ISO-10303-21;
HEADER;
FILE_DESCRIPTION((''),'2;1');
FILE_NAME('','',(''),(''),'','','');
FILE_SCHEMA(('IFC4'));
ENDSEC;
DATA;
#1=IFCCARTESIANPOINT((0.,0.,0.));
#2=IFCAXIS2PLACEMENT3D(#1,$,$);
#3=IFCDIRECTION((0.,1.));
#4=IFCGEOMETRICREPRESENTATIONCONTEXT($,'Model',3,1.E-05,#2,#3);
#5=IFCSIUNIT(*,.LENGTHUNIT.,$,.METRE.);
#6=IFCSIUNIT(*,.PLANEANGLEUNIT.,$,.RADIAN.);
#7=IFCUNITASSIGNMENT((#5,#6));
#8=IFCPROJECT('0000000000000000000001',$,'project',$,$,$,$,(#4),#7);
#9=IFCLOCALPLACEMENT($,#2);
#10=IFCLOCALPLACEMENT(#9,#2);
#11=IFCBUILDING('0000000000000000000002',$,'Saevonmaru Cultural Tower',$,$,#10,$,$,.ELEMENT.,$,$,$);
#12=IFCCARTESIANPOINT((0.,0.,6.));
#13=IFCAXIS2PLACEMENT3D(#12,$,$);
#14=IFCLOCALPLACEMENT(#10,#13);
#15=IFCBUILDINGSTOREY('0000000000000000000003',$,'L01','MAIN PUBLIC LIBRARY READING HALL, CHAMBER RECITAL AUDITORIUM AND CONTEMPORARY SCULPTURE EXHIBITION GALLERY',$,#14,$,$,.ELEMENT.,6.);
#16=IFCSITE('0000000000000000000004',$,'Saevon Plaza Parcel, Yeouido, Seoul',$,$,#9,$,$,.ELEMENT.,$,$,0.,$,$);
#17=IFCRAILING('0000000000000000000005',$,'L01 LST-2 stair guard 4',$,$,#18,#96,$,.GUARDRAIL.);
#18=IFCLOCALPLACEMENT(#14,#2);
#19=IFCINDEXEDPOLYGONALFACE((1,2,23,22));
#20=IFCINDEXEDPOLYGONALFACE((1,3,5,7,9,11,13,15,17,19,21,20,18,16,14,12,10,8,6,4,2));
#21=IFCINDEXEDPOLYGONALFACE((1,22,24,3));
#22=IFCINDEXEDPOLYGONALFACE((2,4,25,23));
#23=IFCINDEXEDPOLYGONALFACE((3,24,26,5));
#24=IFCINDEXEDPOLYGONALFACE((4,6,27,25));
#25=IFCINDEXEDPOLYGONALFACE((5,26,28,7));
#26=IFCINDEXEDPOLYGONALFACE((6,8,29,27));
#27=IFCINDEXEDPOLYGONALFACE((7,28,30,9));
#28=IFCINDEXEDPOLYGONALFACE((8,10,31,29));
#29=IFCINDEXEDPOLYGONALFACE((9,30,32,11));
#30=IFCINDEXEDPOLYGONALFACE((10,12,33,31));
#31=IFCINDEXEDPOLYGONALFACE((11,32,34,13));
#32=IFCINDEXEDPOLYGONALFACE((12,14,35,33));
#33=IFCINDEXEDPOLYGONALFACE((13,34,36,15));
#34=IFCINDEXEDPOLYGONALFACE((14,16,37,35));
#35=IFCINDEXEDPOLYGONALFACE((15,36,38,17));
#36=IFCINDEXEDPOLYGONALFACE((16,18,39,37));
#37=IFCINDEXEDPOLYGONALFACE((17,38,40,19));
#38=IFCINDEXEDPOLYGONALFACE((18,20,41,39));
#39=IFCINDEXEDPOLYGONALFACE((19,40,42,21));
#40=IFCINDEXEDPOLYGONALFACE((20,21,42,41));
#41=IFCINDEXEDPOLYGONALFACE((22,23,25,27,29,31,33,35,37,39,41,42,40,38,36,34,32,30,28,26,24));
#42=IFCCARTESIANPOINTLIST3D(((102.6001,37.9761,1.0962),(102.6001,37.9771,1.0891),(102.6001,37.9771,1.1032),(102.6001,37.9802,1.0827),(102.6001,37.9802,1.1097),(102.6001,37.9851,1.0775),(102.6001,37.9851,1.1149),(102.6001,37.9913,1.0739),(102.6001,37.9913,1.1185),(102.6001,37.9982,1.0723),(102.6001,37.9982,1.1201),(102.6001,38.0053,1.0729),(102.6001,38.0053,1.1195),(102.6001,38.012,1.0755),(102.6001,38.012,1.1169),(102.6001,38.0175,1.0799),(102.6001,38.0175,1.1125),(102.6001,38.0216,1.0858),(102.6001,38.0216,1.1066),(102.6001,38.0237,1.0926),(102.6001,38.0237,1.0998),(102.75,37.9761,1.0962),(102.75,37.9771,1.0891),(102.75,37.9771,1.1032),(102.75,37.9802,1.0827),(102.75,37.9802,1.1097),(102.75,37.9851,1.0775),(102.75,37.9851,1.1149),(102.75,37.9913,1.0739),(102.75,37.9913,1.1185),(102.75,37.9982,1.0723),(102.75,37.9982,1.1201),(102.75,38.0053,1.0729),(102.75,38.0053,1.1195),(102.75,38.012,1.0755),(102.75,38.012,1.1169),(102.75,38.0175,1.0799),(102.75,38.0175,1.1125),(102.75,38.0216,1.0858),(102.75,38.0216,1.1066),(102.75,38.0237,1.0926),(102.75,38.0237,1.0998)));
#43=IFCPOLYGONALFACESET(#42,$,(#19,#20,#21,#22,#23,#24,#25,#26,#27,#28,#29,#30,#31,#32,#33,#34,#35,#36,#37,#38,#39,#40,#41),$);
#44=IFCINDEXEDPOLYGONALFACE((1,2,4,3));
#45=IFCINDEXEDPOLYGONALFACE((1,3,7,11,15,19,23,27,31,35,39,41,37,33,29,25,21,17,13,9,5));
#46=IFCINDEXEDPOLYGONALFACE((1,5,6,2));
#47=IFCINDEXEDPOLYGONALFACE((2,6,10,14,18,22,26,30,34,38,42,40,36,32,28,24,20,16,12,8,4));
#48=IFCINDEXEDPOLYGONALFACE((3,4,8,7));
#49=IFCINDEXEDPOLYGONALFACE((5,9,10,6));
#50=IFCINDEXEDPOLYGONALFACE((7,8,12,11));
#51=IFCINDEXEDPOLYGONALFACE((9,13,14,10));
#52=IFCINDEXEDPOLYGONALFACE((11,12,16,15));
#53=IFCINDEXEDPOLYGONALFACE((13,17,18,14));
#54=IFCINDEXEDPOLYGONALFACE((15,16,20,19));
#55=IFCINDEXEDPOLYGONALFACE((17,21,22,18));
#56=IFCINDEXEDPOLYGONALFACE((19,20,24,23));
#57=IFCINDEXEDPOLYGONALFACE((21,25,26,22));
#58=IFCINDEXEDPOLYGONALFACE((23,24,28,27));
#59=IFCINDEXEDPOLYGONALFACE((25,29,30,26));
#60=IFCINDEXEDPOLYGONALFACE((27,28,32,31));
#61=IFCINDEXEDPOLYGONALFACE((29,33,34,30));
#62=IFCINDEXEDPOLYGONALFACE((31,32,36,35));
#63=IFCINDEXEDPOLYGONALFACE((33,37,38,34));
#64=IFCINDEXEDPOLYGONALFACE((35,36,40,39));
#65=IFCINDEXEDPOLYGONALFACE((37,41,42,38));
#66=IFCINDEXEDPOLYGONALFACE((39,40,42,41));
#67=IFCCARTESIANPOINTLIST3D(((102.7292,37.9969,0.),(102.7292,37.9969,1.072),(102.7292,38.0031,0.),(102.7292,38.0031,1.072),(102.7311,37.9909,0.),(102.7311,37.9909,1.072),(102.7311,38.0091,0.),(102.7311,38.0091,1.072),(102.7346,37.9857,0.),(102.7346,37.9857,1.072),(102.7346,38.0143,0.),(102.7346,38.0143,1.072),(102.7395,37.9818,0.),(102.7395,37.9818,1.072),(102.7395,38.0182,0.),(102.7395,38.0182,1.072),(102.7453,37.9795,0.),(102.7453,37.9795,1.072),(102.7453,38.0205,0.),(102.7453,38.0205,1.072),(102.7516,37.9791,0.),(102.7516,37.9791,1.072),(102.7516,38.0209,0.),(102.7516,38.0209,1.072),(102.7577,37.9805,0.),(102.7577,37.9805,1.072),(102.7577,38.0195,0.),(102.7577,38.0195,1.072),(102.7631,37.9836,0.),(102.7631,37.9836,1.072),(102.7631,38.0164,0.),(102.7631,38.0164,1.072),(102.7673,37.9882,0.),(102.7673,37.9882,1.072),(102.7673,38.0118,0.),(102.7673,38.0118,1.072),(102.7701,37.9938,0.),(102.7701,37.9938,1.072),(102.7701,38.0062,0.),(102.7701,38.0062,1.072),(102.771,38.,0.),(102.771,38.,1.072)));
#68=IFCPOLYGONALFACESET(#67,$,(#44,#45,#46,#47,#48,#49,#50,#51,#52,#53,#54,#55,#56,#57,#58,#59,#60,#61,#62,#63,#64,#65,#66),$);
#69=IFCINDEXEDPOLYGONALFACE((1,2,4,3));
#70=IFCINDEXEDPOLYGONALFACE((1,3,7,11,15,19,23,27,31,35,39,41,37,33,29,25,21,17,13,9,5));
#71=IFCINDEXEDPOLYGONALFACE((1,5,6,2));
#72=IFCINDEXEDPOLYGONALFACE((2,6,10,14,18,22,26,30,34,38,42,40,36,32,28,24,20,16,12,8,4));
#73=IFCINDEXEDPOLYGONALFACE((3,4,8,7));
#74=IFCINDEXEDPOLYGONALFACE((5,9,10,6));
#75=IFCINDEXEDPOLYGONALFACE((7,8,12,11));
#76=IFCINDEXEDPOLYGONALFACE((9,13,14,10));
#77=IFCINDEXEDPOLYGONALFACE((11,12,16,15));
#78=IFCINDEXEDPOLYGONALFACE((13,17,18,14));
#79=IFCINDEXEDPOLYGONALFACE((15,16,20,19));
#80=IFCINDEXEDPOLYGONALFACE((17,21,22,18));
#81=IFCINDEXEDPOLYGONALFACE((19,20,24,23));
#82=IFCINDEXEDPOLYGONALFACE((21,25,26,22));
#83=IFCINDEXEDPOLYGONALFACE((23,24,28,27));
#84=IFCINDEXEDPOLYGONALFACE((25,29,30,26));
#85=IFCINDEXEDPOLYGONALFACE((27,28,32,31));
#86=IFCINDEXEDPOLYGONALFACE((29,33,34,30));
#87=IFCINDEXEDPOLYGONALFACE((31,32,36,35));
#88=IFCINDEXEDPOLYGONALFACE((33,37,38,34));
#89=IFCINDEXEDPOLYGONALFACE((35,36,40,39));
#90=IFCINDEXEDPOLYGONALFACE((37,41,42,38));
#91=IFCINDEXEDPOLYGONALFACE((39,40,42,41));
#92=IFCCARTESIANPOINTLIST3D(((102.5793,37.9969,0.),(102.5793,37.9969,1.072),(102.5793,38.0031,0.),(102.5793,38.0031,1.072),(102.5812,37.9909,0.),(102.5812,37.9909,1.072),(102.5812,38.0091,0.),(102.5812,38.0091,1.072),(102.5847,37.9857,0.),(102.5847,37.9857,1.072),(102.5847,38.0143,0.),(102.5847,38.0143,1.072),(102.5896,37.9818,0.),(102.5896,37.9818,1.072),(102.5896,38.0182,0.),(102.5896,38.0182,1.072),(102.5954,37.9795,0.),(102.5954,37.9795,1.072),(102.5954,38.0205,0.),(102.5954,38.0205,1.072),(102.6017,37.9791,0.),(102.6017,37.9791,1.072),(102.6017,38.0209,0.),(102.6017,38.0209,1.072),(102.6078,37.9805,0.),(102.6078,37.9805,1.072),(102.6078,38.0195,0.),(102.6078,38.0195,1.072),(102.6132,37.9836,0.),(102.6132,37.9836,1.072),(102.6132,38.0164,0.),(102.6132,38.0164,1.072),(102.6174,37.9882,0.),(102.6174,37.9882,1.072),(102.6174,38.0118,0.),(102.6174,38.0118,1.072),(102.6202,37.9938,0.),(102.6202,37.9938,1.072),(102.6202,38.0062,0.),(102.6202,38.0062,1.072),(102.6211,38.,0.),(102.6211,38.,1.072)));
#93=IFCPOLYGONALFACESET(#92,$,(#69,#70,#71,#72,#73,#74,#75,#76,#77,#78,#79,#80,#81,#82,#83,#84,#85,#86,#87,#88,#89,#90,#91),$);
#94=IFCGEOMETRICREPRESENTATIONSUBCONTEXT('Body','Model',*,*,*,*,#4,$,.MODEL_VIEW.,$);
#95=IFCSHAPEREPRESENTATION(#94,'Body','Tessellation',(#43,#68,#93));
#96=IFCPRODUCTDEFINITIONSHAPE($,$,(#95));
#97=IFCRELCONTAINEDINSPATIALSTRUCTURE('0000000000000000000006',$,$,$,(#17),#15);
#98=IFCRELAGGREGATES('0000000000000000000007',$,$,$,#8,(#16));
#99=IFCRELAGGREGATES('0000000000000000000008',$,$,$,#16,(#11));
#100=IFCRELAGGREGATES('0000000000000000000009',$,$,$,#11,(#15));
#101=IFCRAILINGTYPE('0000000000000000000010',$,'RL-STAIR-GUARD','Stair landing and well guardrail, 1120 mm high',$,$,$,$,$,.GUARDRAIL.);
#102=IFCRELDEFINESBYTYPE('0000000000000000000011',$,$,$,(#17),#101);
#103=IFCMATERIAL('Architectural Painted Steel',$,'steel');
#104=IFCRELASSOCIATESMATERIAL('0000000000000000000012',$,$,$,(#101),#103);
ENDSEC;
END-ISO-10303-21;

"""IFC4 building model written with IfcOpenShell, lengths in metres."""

from ifc_helpers import new_model, si_unit, direction, frame, origin, origin_2d, place, context, subcontext, project, spatial, circle, extrude, material, type_object, element, save


model = new_model("IFC4")

# Units and contexts
model_context = context("Model", 3, precision=1e-05, world=origin(), true_north=direction((0.0, 1.0)))
body_context = subcontext(model_context, "Body", "Model", "MODEL_VIEW")
ifc_project = project(units=[si_unit("LENGTHUNIT", "METRE"), si_unit("PLANEANGLEUNIT", "RADIAN")], contexts=[model_context])

# Site, building, storey
site_placement = place(None, origin())
site = spatial("IfcSite", under=ifc_project, at=site_placement, Name="Saevon Plaza Parcel, Yeouido, Seoul", CompositionType="ELEMENT", RefElevation=0.0)
building_placement = place(site_placement, origin())
building = spatial("IfcBuilding", under=site, at=building_placement, Name="Saevonmaru Cultural Tower", CompositionType="ELEMENT")
storey_placement = place(building_placement, frame((0.0, 0.0, 6.0)))
storey = spatial("IfcBuildingStorey", under=building, at=storey_placement, Name="L01", Description="MAIN PUBLIC LIBRARY READING HALL, CHAMBER RECITAL AUDITORIUM AND CONTEMPORARY SCULPTURE EXHIBITION GALLERY", CompositionType="ELEMENT", Elevation=6.0)

# Railing
ifc_material_1 = material(Name="Architectural Painted Steel", Category="steel")
railing_type_1 = type_object("IfcRailingType", Name="RL-STAIR-GUARD", Description="Stair landing and well guardrail, 1120 mm high", PredefinedType="GUARDRAIL", material=ifc_material_1)
railing_1_placement = place(storey_placement, frame((102.75, 38.0, 0.0)))
element("IfcRailing", 1, at=railing_1_placement, inside=storey, type_object=railing_type_1, Name="L01 LST-2 stair guard 4", PredefinedType="GUARDRAIL", context=body_context, shape_type="SweptSolid", body=[
    extrude(circle(Radius=0.0239, at=origin_2d()), frame((0.0, 0.0, 1.0962), z_axis=(-1.0, 0.0, 0.0), x_axis=(0.0, -1.0, 0.0)), (0.0, 0.0, 1.0), 0.1499),
    extrude(circle(Radius=0.021, at=origin_2d()), origin(), (0.0, 0.0, 1.0), 1.072),
    extrude(circle(Radius=0.021, at=origin_2d()), frame((-0.1499, 0.0, 0.0)), (0.0, 0.0, 1.0), 1.072),
])

save(model, "model.ifc")
